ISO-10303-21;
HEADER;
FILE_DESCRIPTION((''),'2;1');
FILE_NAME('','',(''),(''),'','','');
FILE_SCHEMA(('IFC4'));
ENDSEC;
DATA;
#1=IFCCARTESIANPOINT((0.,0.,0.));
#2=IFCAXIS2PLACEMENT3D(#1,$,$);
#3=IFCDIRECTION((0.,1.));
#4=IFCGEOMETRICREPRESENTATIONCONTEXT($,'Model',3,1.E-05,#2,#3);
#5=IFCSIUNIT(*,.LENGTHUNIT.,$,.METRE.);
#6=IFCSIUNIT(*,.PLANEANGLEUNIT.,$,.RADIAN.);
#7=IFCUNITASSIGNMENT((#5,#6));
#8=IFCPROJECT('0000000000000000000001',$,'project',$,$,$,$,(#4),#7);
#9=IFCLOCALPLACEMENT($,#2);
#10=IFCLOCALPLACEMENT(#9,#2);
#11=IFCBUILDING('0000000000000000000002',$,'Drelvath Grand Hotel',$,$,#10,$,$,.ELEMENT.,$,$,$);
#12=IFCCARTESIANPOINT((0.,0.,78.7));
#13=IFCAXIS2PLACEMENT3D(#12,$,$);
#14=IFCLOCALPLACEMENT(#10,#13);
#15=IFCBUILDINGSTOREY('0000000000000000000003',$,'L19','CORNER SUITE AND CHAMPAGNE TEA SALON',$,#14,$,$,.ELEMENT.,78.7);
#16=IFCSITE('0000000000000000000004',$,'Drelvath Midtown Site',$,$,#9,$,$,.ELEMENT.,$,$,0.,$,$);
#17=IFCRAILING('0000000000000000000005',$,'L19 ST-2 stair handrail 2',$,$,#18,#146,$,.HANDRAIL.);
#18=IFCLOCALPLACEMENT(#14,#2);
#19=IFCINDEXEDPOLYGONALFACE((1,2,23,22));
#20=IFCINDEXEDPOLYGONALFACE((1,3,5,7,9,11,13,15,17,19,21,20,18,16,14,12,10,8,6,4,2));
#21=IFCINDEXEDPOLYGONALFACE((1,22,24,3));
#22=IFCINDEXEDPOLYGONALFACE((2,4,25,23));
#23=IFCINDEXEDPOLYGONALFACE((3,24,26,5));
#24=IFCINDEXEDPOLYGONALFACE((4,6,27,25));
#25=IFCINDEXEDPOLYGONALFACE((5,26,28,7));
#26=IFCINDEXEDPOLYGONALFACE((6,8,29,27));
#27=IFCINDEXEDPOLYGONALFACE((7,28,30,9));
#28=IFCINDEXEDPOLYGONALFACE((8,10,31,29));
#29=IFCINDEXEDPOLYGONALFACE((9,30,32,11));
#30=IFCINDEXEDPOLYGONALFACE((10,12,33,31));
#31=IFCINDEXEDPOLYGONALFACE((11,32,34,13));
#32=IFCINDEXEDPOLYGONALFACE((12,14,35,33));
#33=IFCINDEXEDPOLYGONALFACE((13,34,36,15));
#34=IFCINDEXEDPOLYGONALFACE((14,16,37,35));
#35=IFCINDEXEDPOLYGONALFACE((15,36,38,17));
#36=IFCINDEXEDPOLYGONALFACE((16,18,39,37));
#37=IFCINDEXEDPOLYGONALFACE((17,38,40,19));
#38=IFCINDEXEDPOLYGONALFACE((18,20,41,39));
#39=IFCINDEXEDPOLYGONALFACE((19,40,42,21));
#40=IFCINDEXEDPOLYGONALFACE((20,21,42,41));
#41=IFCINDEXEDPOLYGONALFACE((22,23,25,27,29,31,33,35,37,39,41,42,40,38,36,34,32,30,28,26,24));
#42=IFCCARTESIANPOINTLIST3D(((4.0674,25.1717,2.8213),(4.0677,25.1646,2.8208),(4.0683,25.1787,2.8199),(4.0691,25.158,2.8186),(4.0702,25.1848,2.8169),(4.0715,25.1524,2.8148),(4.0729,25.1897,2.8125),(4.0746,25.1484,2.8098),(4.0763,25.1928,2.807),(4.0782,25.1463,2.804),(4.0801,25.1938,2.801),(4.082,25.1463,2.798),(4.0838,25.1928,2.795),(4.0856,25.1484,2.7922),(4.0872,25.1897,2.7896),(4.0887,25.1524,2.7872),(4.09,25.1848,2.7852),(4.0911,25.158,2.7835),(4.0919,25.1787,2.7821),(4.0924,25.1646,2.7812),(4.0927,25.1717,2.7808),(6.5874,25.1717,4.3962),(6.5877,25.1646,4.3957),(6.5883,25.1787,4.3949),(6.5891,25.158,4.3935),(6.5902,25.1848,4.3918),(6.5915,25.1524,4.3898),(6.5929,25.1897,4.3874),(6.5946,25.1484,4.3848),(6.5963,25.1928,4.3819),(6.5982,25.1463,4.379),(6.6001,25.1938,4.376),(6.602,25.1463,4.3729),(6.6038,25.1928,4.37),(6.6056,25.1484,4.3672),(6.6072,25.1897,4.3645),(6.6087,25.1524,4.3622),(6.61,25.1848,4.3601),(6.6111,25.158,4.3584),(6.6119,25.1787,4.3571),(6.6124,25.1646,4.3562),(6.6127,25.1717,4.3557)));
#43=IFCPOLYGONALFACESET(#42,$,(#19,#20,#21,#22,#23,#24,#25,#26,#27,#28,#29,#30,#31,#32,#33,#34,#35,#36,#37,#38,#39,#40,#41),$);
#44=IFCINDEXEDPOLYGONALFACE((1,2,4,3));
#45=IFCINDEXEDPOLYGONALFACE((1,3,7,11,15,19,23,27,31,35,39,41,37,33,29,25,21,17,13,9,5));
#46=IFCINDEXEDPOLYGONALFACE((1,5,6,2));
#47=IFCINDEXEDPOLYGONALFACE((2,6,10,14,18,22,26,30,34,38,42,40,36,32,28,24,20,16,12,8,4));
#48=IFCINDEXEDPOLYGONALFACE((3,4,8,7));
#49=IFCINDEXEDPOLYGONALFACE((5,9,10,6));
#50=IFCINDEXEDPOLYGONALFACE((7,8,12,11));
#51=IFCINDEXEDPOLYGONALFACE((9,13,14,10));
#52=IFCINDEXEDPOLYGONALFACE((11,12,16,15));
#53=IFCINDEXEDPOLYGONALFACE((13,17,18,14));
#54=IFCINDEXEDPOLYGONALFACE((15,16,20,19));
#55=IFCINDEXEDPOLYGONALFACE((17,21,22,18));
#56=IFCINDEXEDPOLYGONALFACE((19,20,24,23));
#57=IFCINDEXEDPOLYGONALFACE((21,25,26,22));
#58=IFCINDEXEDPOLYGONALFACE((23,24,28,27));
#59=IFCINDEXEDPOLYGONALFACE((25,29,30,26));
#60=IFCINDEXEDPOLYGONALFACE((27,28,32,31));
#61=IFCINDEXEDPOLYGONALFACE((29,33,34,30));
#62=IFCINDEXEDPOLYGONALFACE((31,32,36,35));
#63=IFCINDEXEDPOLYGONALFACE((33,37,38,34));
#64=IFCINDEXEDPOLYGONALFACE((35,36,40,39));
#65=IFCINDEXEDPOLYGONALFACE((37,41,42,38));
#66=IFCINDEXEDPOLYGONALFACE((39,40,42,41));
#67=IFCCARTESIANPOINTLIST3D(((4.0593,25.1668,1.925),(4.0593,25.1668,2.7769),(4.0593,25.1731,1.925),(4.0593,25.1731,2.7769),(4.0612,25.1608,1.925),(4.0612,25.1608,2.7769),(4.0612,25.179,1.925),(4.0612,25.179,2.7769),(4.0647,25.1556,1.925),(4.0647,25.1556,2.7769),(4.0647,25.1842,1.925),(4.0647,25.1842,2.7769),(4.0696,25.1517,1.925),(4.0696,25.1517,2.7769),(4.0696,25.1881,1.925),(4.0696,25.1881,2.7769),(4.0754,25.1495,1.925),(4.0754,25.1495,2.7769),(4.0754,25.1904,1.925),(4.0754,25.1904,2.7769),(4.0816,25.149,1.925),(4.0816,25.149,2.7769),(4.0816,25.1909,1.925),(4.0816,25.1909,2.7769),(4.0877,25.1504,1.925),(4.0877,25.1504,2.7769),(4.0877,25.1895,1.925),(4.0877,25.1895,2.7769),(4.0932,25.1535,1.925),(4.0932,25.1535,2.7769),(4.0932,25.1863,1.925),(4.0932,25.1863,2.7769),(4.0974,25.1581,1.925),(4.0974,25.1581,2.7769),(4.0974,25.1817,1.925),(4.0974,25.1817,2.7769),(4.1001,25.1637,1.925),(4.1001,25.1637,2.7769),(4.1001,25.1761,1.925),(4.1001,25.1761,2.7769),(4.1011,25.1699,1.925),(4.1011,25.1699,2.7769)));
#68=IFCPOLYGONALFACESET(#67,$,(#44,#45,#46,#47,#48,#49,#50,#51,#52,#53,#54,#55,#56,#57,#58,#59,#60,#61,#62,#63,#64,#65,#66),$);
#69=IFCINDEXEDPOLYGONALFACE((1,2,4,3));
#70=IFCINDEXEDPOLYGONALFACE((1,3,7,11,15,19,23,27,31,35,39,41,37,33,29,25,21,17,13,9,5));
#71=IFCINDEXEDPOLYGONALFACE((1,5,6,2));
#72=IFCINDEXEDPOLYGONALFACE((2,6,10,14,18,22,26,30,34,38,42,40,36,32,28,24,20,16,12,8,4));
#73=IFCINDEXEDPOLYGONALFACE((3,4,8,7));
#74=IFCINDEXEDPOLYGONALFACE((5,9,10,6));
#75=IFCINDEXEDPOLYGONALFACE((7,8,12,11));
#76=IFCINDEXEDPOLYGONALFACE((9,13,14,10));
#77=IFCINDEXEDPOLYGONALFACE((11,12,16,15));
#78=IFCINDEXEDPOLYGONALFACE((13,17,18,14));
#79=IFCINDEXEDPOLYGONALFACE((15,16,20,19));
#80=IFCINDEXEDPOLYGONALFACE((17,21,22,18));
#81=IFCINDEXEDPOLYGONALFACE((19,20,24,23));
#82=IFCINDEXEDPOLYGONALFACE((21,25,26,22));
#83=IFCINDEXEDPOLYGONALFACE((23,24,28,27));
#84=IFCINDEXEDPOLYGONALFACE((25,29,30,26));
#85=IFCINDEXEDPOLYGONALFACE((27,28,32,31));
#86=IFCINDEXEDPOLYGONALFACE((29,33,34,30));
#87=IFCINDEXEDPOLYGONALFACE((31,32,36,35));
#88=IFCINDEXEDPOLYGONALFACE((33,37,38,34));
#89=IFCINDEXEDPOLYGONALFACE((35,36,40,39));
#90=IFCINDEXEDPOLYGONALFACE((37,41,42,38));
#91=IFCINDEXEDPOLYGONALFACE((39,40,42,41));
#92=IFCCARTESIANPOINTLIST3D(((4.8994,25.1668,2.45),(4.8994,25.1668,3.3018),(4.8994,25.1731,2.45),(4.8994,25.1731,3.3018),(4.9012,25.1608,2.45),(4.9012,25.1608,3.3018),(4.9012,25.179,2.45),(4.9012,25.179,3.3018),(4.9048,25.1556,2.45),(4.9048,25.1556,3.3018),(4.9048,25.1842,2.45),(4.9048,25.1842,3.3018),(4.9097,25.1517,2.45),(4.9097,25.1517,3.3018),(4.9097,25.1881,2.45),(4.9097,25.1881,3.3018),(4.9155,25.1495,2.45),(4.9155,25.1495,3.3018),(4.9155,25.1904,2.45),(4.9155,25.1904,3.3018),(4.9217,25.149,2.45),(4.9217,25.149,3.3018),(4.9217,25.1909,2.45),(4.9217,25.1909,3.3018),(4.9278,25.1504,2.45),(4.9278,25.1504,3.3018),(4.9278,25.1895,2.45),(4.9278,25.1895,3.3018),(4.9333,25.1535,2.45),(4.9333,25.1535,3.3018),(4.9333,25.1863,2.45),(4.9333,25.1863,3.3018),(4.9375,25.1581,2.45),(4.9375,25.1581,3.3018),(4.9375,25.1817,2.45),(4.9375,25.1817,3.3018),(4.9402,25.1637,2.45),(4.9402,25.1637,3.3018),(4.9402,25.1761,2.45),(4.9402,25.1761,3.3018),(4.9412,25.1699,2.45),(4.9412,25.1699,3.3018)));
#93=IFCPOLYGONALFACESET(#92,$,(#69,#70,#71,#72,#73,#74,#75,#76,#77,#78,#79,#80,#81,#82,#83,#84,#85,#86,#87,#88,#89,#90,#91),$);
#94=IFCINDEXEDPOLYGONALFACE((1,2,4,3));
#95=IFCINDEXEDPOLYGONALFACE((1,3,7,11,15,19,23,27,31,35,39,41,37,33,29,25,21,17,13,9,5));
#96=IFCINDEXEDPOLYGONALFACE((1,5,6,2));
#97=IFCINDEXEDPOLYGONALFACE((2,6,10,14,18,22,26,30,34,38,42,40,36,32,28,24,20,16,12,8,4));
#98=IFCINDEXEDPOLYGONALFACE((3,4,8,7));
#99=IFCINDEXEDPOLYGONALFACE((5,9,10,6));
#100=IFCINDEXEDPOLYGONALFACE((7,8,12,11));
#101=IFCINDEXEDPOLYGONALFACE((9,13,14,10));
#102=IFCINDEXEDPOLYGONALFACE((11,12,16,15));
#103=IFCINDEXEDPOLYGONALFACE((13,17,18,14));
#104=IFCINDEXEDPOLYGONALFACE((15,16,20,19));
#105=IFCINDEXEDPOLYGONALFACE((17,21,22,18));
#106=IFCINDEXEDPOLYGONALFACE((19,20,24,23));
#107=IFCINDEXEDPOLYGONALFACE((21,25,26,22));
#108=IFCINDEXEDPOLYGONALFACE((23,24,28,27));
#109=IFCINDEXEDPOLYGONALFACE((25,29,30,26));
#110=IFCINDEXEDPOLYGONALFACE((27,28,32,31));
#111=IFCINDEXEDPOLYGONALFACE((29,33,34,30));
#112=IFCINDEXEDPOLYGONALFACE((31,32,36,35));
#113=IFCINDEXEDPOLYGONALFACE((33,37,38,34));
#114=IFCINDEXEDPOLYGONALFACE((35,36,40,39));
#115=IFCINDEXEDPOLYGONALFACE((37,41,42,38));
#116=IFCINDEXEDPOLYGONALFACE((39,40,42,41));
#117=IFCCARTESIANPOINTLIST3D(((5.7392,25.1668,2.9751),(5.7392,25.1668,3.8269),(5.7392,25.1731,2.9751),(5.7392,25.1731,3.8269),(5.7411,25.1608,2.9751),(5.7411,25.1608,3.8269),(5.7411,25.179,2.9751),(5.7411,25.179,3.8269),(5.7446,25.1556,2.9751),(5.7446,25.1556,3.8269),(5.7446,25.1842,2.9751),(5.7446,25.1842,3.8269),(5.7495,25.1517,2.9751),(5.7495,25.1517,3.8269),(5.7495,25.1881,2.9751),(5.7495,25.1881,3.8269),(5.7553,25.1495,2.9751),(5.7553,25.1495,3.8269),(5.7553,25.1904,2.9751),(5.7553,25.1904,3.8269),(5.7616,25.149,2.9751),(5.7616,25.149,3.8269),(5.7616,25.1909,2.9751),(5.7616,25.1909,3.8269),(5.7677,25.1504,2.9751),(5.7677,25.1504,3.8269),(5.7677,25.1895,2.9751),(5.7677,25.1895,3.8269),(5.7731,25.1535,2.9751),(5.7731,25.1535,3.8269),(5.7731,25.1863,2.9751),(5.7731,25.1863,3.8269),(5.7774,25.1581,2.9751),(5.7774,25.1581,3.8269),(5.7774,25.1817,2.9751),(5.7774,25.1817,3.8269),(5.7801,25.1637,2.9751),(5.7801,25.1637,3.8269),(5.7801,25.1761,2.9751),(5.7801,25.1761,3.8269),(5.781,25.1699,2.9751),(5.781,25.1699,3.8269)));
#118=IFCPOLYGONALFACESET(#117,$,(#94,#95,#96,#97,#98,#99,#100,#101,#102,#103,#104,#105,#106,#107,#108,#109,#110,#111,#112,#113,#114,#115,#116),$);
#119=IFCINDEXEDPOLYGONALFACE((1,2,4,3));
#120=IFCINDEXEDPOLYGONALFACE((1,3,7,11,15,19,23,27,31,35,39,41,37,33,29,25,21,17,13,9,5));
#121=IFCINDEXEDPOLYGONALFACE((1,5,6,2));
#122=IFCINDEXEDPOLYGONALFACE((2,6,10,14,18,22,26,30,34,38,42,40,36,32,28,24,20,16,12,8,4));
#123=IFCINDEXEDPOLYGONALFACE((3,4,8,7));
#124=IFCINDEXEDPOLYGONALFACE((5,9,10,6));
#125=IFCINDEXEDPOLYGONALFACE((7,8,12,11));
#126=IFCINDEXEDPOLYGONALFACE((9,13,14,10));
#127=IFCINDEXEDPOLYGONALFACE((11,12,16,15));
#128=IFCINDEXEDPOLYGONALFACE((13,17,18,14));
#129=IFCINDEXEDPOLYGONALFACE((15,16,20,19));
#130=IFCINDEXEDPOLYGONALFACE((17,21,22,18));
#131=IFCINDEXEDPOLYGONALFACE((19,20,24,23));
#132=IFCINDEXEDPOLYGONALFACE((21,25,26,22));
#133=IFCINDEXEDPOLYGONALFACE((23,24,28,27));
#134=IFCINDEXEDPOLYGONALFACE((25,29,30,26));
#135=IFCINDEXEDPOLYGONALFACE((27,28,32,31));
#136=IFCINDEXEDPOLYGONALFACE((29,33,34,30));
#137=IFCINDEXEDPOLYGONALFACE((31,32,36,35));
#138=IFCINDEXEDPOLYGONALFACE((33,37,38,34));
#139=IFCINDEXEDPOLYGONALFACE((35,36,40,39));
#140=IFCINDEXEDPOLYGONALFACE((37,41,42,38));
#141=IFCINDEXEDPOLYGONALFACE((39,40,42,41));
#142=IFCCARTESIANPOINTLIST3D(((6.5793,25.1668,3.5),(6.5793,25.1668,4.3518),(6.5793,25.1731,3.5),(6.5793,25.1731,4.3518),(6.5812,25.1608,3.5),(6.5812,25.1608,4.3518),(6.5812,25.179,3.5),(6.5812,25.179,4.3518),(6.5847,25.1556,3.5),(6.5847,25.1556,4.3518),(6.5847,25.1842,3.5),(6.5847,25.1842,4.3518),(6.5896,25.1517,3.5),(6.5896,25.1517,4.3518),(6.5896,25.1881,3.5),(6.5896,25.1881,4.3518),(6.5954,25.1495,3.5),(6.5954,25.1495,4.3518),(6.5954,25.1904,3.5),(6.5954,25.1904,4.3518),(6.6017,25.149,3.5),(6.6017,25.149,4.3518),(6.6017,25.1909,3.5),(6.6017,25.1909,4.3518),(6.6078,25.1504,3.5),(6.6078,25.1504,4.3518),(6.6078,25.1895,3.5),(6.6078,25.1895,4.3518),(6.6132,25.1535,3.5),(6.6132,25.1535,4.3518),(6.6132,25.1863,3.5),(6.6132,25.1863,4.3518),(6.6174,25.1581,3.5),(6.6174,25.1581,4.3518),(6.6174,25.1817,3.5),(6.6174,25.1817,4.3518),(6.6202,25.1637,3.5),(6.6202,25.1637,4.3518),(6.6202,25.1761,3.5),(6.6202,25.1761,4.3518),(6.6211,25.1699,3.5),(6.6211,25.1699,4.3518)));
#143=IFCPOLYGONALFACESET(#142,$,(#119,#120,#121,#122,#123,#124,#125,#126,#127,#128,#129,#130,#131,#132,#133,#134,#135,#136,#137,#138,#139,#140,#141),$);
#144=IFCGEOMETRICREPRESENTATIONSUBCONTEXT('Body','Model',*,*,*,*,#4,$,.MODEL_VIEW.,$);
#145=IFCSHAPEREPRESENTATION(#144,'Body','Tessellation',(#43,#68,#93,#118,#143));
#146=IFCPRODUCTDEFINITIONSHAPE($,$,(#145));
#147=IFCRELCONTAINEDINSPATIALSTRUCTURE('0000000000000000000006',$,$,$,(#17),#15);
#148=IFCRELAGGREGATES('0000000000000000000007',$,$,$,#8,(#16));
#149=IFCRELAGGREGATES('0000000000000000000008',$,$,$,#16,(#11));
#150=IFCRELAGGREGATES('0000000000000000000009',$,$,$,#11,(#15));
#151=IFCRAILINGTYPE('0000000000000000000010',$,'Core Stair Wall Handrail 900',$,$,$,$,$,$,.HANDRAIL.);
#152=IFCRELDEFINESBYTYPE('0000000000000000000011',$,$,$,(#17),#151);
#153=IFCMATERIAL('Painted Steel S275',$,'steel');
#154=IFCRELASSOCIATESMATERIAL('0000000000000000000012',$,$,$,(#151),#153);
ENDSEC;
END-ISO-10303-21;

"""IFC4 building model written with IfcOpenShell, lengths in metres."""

from ifc_helpers import new_model, si_unit, direction, frame, origin, origin_2d, place, context, subcontext, project, spatial, circle, extrude, material, type_object, element, save


model = new_model("IFC4")

# Units and contexts
model_context = context("Model", 3, precision=1e-05, world=origin(), true_north=direction((0.0, 1.0)))
body_context = subcontext(model_context, "Body", "Model", "MODEL_VIEW")
ifc_project = project(units=[si_unit("LENGTHUNIT", "METRE"), si_unit("PLANEANGLEUNIT", "RADIAN")], contexts=[model_context])

# Site, building, storey
site_placement = place(None, origin())
site = spatial("IfcSite", under=ifc_project, at=site_placement, Name="Drelvath Midtown Site", CompositionType="ELEMENT", RefElevation=0.0)
building_placement = place(site_placement, origin())
building = spatial("IfcBuilding", under=site, at=building_placement, Name="Drelvath Grand Hotel", CompositionType="ELEMENT")
storey_placement = place(building_placement, frame((0.0, 0.0, 78.7)))
storey = spatial("IfcBuildingStorey", under=building, at=storey_placement, Name="L19", Description="CORNER SUITE AND CHAMPAGNE TEA SALON", CompositionType="ELEMENT", Elevation=78.7)

# Shared definitions
ifc_material_1 = material(Name="Painted Steel S275", Category="steel")

# Railing
railing_type = type_object("IfcRailingType", Name="Core Stair Wall Handrail 900", PredefinedType="HANDRAIL", material=ifc_material_1)
railing_placement = place(storey_placement, frame((4.0801, 25.1699, 1.925)))
element("IfcRailing", 1, at=railing_placement, inside=storey, type_object=railing_type, Name="L19 ST-2 stair handrail 2", PredefinedType="HANDRAIL", context=body_context, shape_type="SweptSolid", body=[
    extrude(circle(Radius=0.0239, at=origin_2d()), frame((0.0, 0.0, 0.876), z_axis=(0.848008, 0.0, 0.529984), x_axis=(0.0, 1.0, 0.0)), (0.0, 0.0, 1.0), 2.9717),
    extrude(circle(Radius=0.021, at=origin_2d()), origin(), (0.0, 0.0, 1.0), 0.8518),
    extrude(circle(Radius=0.021, at=origin_2d()), frame((0.8401, 0.0, 0.5249)), (0.0, 0.0, 1.0), 0.8518),
    extrude(circle(Radius=0.021, at=origin_2d()), frame((1.6799, 0.0, 1.05)), (0.0, 0.0, 1.0), 0.8518),
    extrude(circle(Radius=0.021, at=origin_2d()), frame((2.52, 0.0, 1.575)), (0.0, 0.0, 1.0), 0.8518),
])

save(model, "model.ifc")
